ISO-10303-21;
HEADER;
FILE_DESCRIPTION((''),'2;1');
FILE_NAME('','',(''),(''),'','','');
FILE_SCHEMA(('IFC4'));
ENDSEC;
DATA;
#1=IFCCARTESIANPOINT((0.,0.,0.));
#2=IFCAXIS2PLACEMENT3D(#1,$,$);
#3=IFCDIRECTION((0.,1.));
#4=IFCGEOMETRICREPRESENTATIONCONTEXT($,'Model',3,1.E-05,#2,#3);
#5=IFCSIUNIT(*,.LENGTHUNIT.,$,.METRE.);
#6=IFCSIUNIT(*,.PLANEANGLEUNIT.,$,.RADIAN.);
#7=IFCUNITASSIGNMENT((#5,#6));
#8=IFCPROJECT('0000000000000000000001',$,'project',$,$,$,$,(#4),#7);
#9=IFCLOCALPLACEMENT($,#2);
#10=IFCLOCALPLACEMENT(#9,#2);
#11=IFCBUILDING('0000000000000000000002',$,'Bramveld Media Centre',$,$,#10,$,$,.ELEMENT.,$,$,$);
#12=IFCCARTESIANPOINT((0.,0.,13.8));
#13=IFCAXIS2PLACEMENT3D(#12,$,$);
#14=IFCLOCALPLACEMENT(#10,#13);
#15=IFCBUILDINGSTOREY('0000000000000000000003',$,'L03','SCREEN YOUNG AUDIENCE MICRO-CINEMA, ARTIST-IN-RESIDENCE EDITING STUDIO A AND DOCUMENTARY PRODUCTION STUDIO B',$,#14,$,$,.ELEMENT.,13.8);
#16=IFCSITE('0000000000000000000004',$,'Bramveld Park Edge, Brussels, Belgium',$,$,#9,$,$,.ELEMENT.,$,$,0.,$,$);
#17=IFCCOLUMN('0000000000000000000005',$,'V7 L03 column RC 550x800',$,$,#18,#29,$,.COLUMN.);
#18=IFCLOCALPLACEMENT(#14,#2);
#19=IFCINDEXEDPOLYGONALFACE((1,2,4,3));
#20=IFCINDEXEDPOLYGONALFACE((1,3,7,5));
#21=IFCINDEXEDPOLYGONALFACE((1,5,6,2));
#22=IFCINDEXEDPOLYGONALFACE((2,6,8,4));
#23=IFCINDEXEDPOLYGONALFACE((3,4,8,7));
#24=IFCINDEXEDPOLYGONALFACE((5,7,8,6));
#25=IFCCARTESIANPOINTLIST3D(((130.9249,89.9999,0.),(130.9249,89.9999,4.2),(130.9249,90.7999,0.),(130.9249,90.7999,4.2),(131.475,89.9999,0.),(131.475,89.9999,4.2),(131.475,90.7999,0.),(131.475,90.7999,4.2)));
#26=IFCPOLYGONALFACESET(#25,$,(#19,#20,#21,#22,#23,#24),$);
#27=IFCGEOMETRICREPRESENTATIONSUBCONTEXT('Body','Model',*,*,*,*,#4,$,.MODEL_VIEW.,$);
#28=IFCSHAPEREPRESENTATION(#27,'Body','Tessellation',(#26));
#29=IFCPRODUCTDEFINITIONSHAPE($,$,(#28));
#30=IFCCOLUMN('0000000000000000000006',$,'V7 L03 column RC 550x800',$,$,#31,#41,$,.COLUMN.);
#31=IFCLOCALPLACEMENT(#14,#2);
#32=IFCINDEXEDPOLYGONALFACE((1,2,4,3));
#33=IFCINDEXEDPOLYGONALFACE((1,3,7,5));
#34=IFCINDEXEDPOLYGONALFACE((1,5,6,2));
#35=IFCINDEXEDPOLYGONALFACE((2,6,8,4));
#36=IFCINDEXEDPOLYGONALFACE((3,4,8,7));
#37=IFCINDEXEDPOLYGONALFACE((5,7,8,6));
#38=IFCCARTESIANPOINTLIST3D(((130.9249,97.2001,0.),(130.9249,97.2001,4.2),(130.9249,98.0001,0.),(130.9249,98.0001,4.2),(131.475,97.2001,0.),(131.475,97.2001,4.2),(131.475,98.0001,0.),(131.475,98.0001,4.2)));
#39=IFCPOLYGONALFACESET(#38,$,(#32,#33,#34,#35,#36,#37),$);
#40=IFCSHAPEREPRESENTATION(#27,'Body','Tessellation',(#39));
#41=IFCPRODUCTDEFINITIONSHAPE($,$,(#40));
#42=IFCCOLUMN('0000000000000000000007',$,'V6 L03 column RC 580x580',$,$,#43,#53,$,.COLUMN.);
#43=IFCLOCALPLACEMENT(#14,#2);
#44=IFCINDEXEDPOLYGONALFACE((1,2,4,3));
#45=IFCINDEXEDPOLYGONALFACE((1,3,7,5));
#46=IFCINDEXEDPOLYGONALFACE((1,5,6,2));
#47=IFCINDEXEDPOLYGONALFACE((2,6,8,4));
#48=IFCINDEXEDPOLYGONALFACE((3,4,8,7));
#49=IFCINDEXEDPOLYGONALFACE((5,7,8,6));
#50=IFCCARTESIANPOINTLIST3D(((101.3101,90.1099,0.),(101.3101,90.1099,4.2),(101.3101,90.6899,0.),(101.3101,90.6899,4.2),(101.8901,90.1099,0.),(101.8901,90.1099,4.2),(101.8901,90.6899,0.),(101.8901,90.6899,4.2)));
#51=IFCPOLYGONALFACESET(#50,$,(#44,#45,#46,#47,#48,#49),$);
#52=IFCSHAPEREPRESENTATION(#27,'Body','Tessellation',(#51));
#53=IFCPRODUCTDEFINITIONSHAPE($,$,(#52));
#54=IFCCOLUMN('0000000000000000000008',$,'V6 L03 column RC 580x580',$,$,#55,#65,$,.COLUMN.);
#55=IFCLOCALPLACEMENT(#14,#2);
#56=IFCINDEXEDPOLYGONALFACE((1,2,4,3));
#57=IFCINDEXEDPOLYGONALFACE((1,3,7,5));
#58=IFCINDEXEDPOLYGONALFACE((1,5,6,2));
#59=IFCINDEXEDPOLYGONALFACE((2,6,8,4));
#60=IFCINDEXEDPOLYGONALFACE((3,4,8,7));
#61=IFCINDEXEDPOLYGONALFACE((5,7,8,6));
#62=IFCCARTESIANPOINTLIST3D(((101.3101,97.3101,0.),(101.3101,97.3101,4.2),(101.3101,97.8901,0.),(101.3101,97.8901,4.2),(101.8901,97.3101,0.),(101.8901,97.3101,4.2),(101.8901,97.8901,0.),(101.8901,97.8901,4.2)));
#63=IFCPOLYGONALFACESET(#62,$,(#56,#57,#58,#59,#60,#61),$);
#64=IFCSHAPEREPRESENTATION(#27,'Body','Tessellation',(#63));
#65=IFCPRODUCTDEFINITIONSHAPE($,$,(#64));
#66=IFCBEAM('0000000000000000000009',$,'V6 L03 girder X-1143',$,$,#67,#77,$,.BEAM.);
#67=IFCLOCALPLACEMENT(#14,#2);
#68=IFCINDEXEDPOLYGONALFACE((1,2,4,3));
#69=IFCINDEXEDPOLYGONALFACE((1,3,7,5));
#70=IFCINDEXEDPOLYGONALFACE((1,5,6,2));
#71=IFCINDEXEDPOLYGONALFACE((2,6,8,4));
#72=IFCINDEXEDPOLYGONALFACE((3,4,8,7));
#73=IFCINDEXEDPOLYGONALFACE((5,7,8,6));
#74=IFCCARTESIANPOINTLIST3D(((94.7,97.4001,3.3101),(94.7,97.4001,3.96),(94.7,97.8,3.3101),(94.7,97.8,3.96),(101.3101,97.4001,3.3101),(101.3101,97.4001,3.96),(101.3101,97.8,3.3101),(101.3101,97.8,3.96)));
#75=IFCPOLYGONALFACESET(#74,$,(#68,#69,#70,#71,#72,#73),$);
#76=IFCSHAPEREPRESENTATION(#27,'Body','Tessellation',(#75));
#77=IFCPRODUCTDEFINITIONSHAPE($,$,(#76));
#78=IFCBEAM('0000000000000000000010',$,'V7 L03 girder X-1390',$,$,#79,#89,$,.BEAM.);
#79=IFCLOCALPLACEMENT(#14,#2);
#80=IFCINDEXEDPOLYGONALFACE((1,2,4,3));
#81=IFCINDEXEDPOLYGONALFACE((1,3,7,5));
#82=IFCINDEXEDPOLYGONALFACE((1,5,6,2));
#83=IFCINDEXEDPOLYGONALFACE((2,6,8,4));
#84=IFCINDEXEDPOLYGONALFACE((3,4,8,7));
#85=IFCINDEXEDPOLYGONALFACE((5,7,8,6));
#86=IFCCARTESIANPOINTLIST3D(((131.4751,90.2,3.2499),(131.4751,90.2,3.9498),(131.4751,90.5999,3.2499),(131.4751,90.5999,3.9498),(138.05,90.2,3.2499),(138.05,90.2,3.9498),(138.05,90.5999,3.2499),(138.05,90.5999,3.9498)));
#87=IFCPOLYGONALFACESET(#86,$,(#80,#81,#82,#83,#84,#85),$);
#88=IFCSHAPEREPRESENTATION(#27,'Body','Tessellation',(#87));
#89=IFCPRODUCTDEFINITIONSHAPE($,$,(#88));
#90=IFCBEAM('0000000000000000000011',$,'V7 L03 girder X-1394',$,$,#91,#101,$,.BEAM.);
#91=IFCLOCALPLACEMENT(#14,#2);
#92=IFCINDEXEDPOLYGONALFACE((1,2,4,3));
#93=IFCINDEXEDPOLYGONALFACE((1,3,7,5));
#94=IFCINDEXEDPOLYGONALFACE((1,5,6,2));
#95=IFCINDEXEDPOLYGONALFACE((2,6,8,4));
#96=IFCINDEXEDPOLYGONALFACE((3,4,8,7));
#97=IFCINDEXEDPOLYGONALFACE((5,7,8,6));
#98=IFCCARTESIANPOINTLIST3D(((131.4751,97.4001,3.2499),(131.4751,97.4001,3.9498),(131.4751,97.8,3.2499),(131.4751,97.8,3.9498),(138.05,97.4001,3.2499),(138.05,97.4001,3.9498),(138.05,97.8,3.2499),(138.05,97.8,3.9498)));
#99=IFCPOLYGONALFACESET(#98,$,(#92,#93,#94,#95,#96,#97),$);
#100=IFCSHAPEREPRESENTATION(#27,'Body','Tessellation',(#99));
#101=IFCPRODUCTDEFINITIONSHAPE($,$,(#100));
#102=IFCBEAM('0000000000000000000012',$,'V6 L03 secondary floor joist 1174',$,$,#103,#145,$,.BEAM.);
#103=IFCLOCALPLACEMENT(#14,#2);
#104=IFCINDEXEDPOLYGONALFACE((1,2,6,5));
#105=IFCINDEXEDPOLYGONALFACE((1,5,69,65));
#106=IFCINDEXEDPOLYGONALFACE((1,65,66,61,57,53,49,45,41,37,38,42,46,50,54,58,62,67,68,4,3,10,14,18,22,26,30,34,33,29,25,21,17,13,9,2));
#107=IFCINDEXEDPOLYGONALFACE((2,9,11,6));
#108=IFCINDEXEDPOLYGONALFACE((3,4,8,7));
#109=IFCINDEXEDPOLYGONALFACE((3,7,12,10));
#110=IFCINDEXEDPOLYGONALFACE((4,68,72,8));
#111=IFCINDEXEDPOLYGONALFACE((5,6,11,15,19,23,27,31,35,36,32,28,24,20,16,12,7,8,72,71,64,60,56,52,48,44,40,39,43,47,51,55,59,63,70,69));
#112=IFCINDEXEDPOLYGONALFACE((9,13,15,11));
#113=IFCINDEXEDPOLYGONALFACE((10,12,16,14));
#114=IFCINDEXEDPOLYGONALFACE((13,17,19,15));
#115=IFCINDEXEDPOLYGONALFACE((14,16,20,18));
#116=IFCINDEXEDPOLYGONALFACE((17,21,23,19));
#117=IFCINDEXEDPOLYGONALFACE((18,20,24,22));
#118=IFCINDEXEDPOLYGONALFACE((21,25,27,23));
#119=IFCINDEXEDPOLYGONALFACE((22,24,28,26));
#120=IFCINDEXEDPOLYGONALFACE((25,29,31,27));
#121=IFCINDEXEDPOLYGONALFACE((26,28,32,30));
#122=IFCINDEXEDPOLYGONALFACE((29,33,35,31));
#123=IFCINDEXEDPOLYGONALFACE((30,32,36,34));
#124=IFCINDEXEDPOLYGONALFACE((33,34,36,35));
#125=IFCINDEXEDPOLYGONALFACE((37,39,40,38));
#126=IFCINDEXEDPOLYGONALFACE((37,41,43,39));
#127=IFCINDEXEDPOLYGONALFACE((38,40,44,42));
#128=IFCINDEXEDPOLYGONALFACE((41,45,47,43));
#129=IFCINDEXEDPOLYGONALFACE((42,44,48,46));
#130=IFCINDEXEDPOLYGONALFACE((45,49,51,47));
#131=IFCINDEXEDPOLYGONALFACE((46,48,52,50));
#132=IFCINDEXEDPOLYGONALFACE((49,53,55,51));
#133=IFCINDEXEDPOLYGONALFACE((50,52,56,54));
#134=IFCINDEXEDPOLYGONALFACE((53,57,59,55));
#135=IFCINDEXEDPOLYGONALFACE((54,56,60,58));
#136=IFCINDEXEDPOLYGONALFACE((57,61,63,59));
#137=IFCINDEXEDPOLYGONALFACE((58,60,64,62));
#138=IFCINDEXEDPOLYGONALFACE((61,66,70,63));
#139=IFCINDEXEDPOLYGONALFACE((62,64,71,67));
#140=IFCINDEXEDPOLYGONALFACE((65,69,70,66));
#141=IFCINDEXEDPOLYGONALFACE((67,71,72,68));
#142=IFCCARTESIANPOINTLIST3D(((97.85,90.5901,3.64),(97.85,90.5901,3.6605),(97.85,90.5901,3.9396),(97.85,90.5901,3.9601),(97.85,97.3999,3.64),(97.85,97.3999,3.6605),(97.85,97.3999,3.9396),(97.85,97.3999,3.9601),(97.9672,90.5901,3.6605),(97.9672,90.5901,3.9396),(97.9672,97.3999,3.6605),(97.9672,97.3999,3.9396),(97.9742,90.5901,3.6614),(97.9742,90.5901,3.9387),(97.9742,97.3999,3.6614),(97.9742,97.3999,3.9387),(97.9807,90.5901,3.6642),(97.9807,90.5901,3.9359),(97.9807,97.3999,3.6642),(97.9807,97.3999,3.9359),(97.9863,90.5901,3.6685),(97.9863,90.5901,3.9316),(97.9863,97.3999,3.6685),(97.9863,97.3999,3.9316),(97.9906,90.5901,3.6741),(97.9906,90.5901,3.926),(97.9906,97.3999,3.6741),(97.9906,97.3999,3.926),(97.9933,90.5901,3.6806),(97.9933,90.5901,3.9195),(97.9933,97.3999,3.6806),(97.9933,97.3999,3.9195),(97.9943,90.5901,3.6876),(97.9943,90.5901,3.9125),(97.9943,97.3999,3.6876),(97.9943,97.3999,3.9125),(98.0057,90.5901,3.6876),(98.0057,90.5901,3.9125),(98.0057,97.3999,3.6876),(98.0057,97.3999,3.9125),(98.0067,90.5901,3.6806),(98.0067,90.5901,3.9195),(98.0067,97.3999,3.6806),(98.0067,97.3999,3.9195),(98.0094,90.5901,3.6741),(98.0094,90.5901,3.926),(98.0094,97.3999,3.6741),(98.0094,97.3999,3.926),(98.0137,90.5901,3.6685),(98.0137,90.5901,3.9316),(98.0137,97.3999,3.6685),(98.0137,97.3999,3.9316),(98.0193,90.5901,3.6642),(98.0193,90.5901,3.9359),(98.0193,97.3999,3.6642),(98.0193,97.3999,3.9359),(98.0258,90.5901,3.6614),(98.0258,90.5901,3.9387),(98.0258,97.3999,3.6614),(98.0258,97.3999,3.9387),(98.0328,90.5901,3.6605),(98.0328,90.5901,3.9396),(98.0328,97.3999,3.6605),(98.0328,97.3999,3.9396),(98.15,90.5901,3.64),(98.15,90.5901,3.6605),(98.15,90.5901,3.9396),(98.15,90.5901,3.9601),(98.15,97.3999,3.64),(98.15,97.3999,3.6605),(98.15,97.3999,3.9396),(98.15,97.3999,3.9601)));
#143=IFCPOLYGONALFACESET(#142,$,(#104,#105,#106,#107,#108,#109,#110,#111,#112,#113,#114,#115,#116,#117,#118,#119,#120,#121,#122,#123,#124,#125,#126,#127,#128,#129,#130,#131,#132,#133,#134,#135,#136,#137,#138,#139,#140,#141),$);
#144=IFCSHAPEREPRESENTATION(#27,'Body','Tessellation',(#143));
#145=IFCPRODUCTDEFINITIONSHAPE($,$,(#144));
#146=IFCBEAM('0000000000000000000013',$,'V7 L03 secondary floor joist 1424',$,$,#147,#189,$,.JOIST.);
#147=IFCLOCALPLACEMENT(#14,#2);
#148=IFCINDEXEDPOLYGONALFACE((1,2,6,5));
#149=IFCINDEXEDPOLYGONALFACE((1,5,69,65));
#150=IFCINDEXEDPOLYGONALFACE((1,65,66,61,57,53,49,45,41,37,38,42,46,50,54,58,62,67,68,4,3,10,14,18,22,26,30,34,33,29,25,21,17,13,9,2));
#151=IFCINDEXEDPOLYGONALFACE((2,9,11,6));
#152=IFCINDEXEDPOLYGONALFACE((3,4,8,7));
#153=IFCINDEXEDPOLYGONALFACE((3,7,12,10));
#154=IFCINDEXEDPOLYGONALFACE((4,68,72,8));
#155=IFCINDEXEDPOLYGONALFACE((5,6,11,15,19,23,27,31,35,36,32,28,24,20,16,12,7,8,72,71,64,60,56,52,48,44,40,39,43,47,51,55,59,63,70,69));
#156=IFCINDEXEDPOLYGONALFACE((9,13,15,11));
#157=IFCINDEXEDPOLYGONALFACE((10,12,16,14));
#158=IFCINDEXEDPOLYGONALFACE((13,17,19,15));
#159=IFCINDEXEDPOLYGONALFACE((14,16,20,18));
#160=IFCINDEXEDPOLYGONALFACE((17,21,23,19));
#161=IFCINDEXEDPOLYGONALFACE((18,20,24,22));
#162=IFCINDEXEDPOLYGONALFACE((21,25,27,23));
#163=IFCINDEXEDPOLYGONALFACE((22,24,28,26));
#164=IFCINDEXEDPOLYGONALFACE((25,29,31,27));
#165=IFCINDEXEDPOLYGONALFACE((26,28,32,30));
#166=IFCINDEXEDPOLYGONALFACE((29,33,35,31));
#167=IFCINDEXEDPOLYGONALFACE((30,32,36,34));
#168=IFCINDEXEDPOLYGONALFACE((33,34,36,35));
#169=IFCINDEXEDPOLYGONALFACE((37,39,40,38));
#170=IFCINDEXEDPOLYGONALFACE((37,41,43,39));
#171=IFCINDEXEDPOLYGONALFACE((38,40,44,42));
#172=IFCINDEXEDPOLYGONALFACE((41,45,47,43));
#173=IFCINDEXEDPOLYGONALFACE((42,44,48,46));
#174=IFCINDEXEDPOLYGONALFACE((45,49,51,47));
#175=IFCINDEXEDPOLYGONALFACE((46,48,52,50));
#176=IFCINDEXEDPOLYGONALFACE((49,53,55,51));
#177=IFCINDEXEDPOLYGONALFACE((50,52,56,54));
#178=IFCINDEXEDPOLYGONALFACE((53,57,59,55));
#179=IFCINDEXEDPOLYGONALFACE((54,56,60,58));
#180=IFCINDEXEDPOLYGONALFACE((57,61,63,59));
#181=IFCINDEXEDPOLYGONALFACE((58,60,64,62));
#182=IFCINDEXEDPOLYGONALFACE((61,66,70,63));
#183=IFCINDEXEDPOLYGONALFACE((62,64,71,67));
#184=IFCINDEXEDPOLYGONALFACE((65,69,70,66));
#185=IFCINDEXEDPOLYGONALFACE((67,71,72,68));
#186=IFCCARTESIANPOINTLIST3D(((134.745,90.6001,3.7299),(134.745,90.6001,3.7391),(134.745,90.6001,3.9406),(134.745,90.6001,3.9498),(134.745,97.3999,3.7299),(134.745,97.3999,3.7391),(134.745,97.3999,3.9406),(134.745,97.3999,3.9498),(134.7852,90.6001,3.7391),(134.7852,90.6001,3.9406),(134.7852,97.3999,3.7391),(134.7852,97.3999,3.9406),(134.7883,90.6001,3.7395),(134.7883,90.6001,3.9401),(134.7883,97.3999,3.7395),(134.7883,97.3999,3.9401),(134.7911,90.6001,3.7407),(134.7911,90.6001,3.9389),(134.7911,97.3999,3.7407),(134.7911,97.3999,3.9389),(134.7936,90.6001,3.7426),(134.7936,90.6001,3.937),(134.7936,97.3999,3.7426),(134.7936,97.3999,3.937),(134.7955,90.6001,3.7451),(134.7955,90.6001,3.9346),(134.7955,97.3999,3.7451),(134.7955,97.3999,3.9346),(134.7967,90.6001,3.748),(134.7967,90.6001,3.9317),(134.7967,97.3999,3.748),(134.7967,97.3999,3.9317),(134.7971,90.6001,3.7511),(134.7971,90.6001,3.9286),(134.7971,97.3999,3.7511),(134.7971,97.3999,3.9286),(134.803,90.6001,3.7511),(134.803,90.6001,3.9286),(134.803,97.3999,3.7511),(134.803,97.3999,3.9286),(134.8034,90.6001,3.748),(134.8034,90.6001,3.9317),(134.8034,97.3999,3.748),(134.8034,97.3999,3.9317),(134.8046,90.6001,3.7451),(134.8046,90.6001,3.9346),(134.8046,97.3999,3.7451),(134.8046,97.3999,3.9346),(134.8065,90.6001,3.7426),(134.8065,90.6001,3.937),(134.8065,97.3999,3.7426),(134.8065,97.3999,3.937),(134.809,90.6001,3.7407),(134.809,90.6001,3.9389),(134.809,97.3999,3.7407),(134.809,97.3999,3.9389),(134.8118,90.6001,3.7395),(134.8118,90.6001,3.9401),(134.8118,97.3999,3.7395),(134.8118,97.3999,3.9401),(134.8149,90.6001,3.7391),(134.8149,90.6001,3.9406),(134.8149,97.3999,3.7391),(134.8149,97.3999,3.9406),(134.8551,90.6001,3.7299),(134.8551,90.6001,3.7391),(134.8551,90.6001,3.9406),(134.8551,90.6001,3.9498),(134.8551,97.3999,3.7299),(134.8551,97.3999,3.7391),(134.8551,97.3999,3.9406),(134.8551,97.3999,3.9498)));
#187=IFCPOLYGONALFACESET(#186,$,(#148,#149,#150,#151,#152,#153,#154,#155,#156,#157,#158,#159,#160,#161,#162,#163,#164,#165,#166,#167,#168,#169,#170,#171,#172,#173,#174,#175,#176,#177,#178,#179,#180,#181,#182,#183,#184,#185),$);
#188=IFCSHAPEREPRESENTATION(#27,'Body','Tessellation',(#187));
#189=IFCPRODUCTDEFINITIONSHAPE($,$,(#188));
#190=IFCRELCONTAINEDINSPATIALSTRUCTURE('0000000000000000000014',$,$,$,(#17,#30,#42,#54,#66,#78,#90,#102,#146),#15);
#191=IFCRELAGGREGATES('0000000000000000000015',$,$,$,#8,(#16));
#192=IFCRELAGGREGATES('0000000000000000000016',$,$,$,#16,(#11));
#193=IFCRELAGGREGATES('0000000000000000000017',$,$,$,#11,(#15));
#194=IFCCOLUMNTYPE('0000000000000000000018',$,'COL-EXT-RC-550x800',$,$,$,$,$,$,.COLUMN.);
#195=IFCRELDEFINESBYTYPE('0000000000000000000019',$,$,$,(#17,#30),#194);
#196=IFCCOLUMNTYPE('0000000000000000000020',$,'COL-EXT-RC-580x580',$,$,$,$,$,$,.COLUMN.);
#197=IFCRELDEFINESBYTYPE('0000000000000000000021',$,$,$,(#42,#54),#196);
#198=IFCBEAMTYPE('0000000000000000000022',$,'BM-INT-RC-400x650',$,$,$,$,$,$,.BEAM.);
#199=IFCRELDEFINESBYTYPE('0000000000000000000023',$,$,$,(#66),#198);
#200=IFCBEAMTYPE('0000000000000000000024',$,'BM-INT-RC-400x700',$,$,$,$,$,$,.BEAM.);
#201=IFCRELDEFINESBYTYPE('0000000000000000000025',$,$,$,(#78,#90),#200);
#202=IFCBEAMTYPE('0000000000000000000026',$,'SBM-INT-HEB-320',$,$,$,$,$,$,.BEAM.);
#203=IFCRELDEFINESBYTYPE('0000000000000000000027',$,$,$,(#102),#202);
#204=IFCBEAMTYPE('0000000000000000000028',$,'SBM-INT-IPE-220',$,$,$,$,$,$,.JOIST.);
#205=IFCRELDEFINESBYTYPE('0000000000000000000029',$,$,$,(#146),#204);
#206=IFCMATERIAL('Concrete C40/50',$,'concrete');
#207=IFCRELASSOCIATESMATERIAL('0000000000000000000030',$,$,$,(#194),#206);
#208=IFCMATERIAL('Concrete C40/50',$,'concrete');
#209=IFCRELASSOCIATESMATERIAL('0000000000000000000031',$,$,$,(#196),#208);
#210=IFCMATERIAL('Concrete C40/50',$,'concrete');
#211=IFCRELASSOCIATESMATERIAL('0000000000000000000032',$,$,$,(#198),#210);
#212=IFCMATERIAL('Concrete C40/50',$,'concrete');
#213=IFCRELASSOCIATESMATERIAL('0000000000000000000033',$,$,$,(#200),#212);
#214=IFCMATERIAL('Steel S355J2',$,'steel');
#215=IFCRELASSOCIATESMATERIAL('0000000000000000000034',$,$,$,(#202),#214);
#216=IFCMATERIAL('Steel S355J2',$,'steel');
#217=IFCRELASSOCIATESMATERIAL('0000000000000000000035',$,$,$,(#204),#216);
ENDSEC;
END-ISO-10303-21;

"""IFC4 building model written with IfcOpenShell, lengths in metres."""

from ifc_helpers import new_model, si_unit, direction, frame, origin, origin_2d, place, context, subcontext, project, spatial, rectangle, i_section, extrude, material, material_profile, profile_set, type_object, element, save


model = new_model("IFC4")

# Units and contexts
model_context = context("Model", 3, precision=1e-05, world=origin(), true_north=direction((0.0, 1.0)))
body_context = subcontext(model_context, "Body", "Model", "MODEL_VIEW")
ifc_project = project(units=[si_unit("LENGTHUNIT", "METRE"), si_unit("PLANEANGLEUNIT", "RADIAN")], contexts=[model_context])

# Site, building, storey
site_placement = place(None, origin())
site = spatial("IfcSite", under=ifc_project, at=site_placement, Name="Bramveld Park Edge, Brussels, Belgium", CompositionType="ELEMENT", RefElevation=0.0)
building_placement = place(site_placement, origin())
building = spatial("IfcBuilding", under=site, at=building_placement, Name="Bramveld Media Centre", CompositionType="ELEMENT")
storey_placement = place(building_placement, frame((0.0, 0.0, 13.8)))
storey = spatial("IfcBuildingStorey", under=building, at=storey_placement, Name="L03", Description="SCREEN YOUNG AUDIENCE MICRO-CINEMA, ARTIST-IN-RESIDENCE EDITING STUDIO A AND DOCUMENTARY PRODUCTION STUDIO B", CompositionType="ELEMENT", Elevation=13.8)

# Columns
ifc_material_1 = material(Name="Concrete C40/50", Category="concrete")
ifc_material_profile_1 = material_profile(ifc_material_1, rectangle(XDim=0.55, YDim=0.8, at=origin_2d()), Name="RC 550x800")
ifc_profile_set_1 = profile_set([ifc_material_profile_1], Name="Concrete C40/50")
column_type_1 = type_object("IfcColumnType", Name="COL-EXT-RC-550x800", PredefinedType="COLUMN", material=ifc_profile_set_1)
for number, where, z_axis, x_axis, name in (
    (1, (131.2, 90.3999, 0.0), (0.0, 0.0, 1.0), (1.0, 0.0, 0.0), "V7 L03 column RC 550x800"),
    (2, (131.2, 97.6001, 0.0), (0.0, 0.0, 1.0), (1.0, 0.0, 0.0), "V7 L03 column RC 550x800"),
):
    element("IfcColumn", number, at=place(storey_placement, frame(where, z_axis=z_axis, x_axis=x_axis)), inside=storey, type_object=column_type_1, Name=name, PredefinedType="COLUMN", context=body_context, shape_type="SweptSolid", body=[
        extrude(rectangle(XDim=0.55, YDim=0.8, at=origin_2d()), origin(), (0.0, 0.0, 1.0), 4.2),
    ])
ifc_material_2 = material(Name="Concrete C40/50", Category="concrete")
ifc_material_profile_2 = material_profile(ifc_material_2, rectangle(XDim=0.5801, YDim=0.5801, at=origin_2d()), Name="RC 580x580")
ifc_profile_set_2 = profile_set([ifc_material_profile_2], Name="Concrete C40/50")
column_type_2 = type_object("IfcColumnType", Name="COL-EXT-RC-580x580", PredefinedType="COLUMN", material=ifc_profile_set_2)
for number, where, z_axis, x_axis, name in (
    (3, (101.6001, 90.3999, 0.0), (0.0, 0.0, 1.0), (1.0, 0.0, 0.0), "V6 L03 column RC 580x580"),
    (4, (101.6001, 97.6001, 0.0), (0.0, 0.0, 1.0), (1.0, 0.0, 0.0), "V6 L03 column RC 580x580"),
):
    element("IfcColumn", number, at=place(storey_placement, frame(where, z_axis=z_axis, x_axis=x_axis)), inside=storey, type_object=column_type_2, Name=name, PredefinedType="COLUMN", context=body_context, shape_type="SweptSolid", body=[
        extrude(rectangle(XDim=0.5801, YDim=0.5801, at=origin_2d()), origin(), (0.0, 0.0, 1.0), 4.2),
    ])

# Beams
ifc_material_3 = material(Name="Concrete C40/50", Category="concrete")
ifc_material_profile_3 = material_profile(ifc_material_3, rectangle(XDim=0.3999, YDim=0.6499, at=origin_2d()), Name="RC 400x650")
ifc_profile_set_3 = profile_set([ifc_material_profile_3], Name="Concrete C40/50")
beam_type_1 = type_object("IfcBeamType", Name="BM-INT-RC-400x650", PredefinedType="BEAM", material=ifc_profile_set_3)
beam_1_placement = place(storey_placement, frame((94.7, 97.6001, 3.635), z_axis=(1.0, 0.0, 0.0), x_axis=(0.0, 1.0, 0.0)))
element("IfcBeam", 5, at=beam_1_placement, inside=storey, type_object=beam_type_1, Name="V6 L03 girder X-1143", PredefinedType="BEAM", context=body_context, shape_type="SweptSolid", body=[
    extrude(rectangle(XDim=0.3999, YDim=0.6499, at=origin_2d()), origin(), (0.0, 0.0, 1.0), 6.6101),
])
ifc_material_4 = material(Name="Concrete C40/50", Category="concrete")
ifc_material_profile_4 = material_profile(ifc_material_4, rectangle(XDim=0.3999, YDim=0.7, at=origin_2d()), Name="RC 400x700")
ifc_profile_set_4 = profile_set([ifc_material_profile_4], Name="Concrete C40/50")
beam_type_2 = type_object("IfcBeamType", Name="BM-INT-RC-400x700", PredefinedType="BEAM", material=ifc_profile_set_4)
for number, where, z_axis, x_axis, name in (
    (6, (131.4751, 90.3999, 3.5999), (1.0, 0.0, 0.0), (0.0, 1.0, 0.0), "V7 L03 girder X-1390"),
    (7, (131.4751, 97.6001, 3.5999), (1.0, 0.0, 0.0), (0.0, 1.0, 0.0), "V7 L03 girder X-1394"),
):
    element("IfcBeam", number, at=place(storey_placement, frame(where, z_axis=z_axis, x_axis=x_axis)), inside=storey, type_object=beam_type_2, Name=name, PredefinedType="BEAM", context=body_context, shape_type="SweptSolid", body=[
        extrude(rectangle(XDim=0.3999, YDim=0.7, at=origin_2d()), origin(), (0.0, 0.0, 1.0), 6.575),
    ])
ifc_material_5 = material(Name="Steel S355J2", Category="steel")
ifc_material_profile_5 = material_profile(ifc_material_5, i_section(OverallWidth=0.3, OverallDepth=0.3201, WebThickness=0.0115, FlangeThickness=0.0205, FilletRadius=0.0271, at=origin_2d()), Name="HEB 320")
ifc_profile_set_5 = profile_set([ifc_material_profile_5], Name="Steel S355J2")
beam_type_3 = type_object("IfcBeamType", Name="SBM-INT-HEB-320", PredefinedType="BEAM", material=ifc_profile_set_5)
beam_2_placement = place(storey_placement, frame((98.0, 90.5901, 3.8), z_axis=(0.0, 1.0, 0.0), x_axis=(-1.0, 0.0, 0.0)))
element("IfcBeam", 8, at=beam_2_placement, inside=storey, type_object=beam_type_3, Name="V6 L03 secondary floor joist 1174", PredefinedType="BEAM", context=body_context, shape_type="SweptSolid", body=[
    extrude(i_section(OverallWidth=0.3, OverallDepth=0.3201, WebThickness=0.0115, FlangeThickness=0.0205, FilletRadius=0.0271, at=origin_2d()), origin(), (0.0, 0.0, 1.0), 6.8098),
])
ifc_material_6 = material(Name="Steel S355J2", Category="steel")
ifc_material_profile_6 = material_profile(ifc_material_6, i_section(OverallWidth=0.1101, OverallDepth=0.22, WebThickness=0.0059, FlangeThickness=0.0093, FilletRadius=0.012, at=origin_2d()), Name="IPE 220")
ifc_profile_set_6 = profile_set([ifc_material_profile_6], Name="Steel S355J2")
beam_type_4 = type_object("IfcBeamType", Name="SBM-INT-IPE-220", PredefinedType="JOIST", material=ifc_profile_set_6)
beam_3_placement = place(storey_placement, frame((134.8, 90.6001, 3.8398), z_axis=(0.0, 1.0, 0.0), x_axis=(-1.0, 0.0, 0.0)))
element("IfcBeam", 9, at=beam_3_placement, inside=storey, type_object=beam_type_4, Name="V7 L03 secondary floor joist 1424", PredefinedType="JOIST", context=body_context, shape_type="SweptSolid", body=[
    extrude(i_section(OverallWidth=0.1101, OverallDepth=0.22, WebThickness=0.0059, FlangeThickness=0.0093, FilletRadius=0.012, at=origin_2d()), origin(), (0.0, 0.0, 1.0), 6.7998),
])

save(model, "model.ifc")
